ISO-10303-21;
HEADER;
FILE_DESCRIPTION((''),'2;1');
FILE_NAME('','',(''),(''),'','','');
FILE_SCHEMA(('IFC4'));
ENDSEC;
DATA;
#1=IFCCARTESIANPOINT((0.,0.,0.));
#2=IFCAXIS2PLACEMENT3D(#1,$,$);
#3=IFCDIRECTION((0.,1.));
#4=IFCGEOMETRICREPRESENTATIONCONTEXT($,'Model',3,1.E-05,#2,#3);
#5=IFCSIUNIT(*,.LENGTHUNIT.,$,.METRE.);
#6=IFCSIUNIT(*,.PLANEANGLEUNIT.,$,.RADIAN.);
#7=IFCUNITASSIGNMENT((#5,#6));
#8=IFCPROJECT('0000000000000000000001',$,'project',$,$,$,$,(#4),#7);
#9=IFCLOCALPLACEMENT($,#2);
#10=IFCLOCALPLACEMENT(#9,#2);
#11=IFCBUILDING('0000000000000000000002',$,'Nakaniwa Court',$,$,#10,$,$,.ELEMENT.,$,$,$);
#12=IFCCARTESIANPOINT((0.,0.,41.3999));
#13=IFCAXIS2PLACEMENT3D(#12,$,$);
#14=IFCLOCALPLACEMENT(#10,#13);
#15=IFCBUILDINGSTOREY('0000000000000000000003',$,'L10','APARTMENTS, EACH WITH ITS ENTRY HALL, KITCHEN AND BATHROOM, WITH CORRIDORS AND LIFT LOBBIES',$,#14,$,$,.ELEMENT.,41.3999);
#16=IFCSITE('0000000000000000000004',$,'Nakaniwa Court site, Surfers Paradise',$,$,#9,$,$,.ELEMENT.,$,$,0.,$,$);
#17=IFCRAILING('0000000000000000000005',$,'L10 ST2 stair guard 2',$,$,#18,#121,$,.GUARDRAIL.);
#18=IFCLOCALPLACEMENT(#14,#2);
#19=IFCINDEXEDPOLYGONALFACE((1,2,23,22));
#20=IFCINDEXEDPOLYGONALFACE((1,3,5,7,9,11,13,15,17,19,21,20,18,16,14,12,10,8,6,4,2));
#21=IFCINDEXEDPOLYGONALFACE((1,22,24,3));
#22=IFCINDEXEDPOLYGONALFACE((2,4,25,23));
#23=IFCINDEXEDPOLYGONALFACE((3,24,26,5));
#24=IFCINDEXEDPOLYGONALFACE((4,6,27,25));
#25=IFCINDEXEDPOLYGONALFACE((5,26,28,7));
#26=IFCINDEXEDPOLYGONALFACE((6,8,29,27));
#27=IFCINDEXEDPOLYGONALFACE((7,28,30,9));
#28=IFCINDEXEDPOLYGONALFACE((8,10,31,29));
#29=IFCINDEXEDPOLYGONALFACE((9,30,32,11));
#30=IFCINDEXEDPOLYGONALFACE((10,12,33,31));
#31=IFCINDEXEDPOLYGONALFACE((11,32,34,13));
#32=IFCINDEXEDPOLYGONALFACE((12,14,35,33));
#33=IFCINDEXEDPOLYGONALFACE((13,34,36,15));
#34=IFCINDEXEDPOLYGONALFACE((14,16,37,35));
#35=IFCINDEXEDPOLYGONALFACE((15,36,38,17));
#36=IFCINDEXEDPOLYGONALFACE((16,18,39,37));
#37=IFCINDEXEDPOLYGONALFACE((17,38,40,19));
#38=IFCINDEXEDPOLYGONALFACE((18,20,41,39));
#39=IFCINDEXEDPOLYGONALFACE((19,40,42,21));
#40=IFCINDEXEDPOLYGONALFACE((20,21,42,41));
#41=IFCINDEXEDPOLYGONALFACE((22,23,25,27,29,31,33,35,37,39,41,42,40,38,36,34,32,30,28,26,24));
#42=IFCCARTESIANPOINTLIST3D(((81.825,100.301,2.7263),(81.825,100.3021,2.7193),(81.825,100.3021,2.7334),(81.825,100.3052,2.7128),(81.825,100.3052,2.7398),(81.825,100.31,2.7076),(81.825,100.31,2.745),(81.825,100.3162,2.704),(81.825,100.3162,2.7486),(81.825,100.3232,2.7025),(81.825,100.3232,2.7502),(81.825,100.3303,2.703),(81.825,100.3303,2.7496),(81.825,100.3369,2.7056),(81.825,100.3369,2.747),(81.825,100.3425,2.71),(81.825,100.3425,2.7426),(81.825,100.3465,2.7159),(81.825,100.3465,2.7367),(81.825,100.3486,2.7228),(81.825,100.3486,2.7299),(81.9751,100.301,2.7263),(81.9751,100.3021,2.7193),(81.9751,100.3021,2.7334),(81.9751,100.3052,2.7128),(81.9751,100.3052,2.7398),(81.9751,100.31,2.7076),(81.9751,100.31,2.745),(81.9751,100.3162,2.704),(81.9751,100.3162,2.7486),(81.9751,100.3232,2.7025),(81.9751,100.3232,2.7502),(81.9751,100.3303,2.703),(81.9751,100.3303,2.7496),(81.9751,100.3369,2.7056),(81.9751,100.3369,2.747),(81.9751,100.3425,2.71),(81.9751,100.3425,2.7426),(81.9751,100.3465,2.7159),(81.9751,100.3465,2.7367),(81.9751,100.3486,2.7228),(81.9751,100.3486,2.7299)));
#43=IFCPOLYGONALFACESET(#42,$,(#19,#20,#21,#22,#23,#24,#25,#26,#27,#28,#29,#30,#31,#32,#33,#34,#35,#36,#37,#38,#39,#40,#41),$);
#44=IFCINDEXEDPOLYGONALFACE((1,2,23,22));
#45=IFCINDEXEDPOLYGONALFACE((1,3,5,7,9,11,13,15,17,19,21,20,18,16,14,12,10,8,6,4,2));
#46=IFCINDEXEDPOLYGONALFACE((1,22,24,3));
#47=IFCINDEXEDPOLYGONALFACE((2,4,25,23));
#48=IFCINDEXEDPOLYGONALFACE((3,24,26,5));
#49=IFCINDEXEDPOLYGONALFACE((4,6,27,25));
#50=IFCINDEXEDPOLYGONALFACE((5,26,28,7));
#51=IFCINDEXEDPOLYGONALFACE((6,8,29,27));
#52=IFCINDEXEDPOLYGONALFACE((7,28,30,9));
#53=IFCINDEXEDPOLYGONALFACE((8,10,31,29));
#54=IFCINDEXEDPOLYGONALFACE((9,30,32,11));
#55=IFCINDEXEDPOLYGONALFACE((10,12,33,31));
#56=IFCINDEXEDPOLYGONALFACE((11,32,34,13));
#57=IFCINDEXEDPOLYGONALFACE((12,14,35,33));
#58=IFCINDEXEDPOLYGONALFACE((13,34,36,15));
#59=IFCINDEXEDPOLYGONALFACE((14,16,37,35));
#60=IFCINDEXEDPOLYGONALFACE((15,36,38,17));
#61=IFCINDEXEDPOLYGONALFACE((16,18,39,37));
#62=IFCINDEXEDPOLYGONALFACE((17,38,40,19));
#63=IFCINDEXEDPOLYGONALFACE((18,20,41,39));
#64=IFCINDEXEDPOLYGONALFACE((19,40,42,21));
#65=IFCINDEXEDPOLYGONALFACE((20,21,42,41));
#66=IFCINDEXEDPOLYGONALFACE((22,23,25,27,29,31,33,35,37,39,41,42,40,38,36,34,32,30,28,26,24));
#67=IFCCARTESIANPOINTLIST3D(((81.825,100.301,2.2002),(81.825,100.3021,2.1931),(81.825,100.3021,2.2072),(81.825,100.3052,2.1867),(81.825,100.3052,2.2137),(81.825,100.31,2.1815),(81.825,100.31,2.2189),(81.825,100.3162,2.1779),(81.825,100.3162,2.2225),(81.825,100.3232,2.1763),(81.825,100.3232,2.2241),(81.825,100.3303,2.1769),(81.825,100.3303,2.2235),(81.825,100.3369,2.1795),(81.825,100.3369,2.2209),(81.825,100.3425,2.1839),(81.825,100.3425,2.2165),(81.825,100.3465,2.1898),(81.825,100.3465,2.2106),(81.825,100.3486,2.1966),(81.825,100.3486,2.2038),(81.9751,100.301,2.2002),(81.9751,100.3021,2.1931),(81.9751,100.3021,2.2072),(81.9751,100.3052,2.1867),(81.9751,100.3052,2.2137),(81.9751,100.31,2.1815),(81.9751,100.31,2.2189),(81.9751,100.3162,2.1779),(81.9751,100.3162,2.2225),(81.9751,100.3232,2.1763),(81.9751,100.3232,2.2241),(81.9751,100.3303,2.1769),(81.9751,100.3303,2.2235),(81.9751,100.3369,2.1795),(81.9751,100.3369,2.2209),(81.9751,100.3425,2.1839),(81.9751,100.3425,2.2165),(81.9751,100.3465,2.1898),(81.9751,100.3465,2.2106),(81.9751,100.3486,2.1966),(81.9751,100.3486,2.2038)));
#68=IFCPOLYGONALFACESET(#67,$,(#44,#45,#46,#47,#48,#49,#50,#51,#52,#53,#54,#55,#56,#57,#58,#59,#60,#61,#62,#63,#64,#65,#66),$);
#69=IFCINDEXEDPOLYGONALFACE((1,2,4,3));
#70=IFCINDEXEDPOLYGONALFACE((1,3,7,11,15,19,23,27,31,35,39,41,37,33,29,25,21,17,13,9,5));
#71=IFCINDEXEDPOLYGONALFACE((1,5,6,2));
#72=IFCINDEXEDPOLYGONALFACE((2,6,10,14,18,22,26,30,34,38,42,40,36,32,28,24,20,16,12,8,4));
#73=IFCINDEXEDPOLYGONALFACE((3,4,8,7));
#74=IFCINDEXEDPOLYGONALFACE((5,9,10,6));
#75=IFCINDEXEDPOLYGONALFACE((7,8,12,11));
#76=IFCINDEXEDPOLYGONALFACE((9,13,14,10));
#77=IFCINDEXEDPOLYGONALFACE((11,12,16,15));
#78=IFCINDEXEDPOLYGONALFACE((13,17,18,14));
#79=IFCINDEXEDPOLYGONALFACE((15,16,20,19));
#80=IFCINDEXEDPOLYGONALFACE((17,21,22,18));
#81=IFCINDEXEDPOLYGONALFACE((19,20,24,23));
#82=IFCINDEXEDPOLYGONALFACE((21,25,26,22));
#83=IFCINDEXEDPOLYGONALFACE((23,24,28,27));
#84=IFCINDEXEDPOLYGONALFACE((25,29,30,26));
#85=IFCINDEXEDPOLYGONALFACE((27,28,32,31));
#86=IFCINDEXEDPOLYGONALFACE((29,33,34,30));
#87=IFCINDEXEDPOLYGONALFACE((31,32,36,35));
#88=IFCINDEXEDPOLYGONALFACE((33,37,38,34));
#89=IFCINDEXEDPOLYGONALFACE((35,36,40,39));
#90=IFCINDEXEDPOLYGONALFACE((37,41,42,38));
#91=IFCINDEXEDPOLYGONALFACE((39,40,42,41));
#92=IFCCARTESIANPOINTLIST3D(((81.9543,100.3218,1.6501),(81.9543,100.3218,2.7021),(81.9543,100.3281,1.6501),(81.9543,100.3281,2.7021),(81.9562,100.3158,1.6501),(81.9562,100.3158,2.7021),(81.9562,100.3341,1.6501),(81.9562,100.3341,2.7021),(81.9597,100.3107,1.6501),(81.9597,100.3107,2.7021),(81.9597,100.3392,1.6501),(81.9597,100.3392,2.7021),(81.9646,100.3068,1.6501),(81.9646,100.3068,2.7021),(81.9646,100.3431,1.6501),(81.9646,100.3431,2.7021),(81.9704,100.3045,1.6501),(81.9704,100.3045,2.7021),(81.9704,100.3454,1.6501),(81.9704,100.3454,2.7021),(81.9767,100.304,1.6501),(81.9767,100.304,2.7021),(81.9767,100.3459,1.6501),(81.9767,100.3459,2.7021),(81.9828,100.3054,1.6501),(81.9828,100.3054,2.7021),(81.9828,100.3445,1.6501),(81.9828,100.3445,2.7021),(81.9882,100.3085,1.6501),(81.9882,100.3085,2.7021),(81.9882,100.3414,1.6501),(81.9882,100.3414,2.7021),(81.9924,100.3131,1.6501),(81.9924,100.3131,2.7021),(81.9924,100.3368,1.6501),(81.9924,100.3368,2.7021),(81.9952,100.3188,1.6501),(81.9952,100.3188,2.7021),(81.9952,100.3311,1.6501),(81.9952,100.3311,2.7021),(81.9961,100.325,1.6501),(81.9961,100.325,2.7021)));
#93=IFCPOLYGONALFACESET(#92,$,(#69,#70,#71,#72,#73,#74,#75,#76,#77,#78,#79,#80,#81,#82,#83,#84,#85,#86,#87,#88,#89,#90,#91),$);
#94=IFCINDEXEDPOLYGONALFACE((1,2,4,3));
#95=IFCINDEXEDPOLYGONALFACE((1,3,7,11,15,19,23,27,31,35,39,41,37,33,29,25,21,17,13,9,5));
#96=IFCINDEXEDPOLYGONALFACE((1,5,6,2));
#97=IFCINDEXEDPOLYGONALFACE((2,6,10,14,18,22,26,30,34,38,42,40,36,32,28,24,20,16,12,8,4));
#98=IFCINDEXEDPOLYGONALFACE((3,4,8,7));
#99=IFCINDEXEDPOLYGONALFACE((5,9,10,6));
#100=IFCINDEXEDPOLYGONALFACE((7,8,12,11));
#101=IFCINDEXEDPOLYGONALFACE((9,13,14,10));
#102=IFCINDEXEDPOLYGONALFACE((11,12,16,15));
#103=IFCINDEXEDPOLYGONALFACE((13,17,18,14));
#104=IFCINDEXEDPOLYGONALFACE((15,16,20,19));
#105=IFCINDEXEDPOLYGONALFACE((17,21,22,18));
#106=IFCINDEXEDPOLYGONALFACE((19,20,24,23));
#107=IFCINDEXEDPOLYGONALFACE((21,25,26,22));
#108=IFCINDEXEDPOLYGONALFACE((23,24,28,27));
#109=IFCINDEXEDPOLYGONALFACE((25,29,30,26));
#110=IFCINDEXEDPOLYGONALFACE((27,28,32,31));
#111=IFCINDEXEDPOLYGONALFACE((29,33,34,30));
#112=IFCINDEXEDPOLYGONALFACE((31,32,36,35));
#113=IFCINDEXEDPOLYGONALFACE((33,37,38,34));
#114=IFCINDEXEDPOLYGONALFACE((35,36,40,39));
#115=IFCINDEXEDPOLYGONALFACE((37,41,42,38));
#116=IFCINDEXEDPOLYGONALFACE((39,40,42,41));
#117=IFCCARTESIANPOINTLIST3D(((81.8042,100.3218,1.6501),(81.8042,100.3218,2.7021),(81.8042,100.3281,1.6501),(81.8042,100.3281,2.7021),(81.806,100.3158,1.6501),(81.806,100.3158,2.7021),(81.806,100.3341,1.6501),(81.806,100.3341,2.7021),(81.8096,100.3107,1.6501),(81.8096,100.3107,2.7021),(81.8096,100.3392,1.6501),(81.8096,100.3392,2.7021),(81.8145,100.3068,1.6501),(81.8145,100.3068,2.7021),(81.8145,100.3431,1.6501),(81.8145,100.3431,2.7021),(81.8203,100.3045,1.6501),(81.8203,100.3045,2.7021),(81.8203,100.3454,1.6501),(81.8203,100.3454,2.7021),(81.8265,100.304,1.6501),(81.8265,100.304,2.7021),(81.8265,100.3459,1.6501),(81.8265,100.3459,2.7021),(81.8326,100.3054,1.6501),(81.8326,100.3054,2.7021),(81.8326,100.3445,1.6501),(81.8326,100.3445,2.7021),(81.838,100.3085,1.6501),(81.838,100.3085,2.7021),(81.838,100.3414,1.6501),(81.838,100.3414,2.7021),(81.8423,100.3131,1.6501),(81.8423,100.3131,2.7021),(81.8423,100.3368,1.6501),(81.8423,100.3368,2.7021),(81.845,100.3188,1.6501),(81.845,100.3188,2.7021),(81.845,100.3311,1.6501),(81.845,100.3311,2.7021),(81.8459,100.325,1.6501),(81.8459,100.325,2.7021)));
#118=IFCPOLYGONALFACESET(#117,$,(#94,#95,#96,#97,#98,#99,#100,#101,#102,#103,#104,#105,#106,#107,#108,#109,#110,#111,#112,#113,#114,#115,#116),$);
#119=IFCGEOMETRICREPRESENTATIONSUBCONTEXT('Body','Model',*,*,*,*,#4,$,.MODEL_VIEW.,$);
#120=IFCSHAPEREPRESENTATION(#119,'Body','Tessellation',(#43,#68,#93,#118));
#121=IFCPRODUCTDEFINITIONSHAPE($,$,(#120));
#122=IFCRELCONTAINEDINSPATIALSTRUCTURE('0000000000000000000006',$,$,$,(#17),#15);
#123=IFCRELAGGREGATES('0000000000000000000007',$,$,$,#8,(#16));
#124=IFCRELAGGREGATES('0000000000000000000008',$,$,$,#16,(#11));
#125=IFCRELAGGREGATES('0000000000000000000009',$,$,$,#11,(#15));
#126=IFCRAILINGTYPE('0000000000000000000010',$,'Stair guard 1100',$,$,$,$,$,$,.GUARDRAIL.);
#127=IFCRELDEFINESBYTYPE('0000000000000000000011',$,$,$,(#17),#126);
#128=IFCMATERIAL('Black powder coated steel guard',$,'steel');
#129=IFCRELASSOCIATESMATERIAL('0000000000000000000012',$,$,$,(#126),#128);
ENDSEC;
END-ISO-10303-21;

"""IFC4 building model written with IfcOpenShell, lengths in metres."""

from ifc_helpers import new_model, si_unit, direction, frame, origin, origin_2d, place, context, subcontext, project, spatial, circle, extrude, material, type_object, element, save


model = new_model("IFC4")

# Units and contexts
model_context = context("Model", 3, precision=1e-05, world=origin(), true_north=direction((0.0, 1.0)))
body_context = subcontext(model_context, "Body", "Model", "MODEL_VIEW")
ifc_project = project(units=[si_unit("LENGTHUNIT", "METRE"), si_unit("PLANEANGLEUNIT", "RADIAN")], contexts=[model_context])

# Site, building, storey
site_placement = place(None, origin())
site = spatial("IfcSite", under=ifc_project, at=site_placement, Name="Nakaniwa Court site, Surfers Paradise", CompositionType="ELEMENT", RefElevation=0.0)
building_placement = place(site_placement, origin())
building = spatial("IfcBuilding", under=site, at=building_placement, Name="Nakaniwa Court", CompositionType="ELEMENT")
storey_placement = place(building_placement, frame((0.0, 0.0, 41.3999)))
storey = spatial("IfcBuildingStorey", under=building, at=storey_placement, Name="L10", Description="APARTMENTS, EACH WITH ITS ENTRY HALL, KITCHEN AND BATHROOM, WITH CORRIDORS AND LIFT LOBBIES", CompositionType="ELEMENT", Elevation=41.3999)

# Railing
ifc_material_1 = material(Name="Black powder coated steel guard", Category="steel")
railing_type_1 = type_object("IfcRailingType", Name="Stair guard 1100", PredefinedType="GUARDRAIL", material=ifc_material_1)
railing_1_placement = place(storey_placement, frame((81.9751, 100.325, 1.6501)))
element("IfcRailing", 1, at=railing_1_placement, inside=storey, type_object=railing_type_1, Name="L10 ST2 stair guard 2", PredefinedType="GUARDRAIL", context=body_context, shape_type="SweptSolid", body=[
    extrude(circle(Radius=0.0239, at=origin_2d()), frame((0.0, 0.0, 1.0762), z_axis=(-1.0, 0.0, 0.0), x_axis=(0.0, -1.0, 0.0)), (0.0, 0.0, 1.0), 0.1501),
    extrude(circle(Radius=0.0239, at=origin_2d()), frame((0.0, 0.0, 0.55), z_axis=(-1.0, 0.0, 0.0), x_axis=(0.0, -1.0, 0.0)), (0.0, 0.0, 1.0), 0.1501),
    extrude(circle(Radius=0.021, at=origin_2d()), origin(), (0.0, 0.0, 1.0), 1.052),
    extrude(circle(Radius=0.021, at=origin_2d()), frame((-0.1501, 0.0, 0.0)), (0.0, 0.0, 1.0), 1.052),
])

save(model, "model.ifc")
